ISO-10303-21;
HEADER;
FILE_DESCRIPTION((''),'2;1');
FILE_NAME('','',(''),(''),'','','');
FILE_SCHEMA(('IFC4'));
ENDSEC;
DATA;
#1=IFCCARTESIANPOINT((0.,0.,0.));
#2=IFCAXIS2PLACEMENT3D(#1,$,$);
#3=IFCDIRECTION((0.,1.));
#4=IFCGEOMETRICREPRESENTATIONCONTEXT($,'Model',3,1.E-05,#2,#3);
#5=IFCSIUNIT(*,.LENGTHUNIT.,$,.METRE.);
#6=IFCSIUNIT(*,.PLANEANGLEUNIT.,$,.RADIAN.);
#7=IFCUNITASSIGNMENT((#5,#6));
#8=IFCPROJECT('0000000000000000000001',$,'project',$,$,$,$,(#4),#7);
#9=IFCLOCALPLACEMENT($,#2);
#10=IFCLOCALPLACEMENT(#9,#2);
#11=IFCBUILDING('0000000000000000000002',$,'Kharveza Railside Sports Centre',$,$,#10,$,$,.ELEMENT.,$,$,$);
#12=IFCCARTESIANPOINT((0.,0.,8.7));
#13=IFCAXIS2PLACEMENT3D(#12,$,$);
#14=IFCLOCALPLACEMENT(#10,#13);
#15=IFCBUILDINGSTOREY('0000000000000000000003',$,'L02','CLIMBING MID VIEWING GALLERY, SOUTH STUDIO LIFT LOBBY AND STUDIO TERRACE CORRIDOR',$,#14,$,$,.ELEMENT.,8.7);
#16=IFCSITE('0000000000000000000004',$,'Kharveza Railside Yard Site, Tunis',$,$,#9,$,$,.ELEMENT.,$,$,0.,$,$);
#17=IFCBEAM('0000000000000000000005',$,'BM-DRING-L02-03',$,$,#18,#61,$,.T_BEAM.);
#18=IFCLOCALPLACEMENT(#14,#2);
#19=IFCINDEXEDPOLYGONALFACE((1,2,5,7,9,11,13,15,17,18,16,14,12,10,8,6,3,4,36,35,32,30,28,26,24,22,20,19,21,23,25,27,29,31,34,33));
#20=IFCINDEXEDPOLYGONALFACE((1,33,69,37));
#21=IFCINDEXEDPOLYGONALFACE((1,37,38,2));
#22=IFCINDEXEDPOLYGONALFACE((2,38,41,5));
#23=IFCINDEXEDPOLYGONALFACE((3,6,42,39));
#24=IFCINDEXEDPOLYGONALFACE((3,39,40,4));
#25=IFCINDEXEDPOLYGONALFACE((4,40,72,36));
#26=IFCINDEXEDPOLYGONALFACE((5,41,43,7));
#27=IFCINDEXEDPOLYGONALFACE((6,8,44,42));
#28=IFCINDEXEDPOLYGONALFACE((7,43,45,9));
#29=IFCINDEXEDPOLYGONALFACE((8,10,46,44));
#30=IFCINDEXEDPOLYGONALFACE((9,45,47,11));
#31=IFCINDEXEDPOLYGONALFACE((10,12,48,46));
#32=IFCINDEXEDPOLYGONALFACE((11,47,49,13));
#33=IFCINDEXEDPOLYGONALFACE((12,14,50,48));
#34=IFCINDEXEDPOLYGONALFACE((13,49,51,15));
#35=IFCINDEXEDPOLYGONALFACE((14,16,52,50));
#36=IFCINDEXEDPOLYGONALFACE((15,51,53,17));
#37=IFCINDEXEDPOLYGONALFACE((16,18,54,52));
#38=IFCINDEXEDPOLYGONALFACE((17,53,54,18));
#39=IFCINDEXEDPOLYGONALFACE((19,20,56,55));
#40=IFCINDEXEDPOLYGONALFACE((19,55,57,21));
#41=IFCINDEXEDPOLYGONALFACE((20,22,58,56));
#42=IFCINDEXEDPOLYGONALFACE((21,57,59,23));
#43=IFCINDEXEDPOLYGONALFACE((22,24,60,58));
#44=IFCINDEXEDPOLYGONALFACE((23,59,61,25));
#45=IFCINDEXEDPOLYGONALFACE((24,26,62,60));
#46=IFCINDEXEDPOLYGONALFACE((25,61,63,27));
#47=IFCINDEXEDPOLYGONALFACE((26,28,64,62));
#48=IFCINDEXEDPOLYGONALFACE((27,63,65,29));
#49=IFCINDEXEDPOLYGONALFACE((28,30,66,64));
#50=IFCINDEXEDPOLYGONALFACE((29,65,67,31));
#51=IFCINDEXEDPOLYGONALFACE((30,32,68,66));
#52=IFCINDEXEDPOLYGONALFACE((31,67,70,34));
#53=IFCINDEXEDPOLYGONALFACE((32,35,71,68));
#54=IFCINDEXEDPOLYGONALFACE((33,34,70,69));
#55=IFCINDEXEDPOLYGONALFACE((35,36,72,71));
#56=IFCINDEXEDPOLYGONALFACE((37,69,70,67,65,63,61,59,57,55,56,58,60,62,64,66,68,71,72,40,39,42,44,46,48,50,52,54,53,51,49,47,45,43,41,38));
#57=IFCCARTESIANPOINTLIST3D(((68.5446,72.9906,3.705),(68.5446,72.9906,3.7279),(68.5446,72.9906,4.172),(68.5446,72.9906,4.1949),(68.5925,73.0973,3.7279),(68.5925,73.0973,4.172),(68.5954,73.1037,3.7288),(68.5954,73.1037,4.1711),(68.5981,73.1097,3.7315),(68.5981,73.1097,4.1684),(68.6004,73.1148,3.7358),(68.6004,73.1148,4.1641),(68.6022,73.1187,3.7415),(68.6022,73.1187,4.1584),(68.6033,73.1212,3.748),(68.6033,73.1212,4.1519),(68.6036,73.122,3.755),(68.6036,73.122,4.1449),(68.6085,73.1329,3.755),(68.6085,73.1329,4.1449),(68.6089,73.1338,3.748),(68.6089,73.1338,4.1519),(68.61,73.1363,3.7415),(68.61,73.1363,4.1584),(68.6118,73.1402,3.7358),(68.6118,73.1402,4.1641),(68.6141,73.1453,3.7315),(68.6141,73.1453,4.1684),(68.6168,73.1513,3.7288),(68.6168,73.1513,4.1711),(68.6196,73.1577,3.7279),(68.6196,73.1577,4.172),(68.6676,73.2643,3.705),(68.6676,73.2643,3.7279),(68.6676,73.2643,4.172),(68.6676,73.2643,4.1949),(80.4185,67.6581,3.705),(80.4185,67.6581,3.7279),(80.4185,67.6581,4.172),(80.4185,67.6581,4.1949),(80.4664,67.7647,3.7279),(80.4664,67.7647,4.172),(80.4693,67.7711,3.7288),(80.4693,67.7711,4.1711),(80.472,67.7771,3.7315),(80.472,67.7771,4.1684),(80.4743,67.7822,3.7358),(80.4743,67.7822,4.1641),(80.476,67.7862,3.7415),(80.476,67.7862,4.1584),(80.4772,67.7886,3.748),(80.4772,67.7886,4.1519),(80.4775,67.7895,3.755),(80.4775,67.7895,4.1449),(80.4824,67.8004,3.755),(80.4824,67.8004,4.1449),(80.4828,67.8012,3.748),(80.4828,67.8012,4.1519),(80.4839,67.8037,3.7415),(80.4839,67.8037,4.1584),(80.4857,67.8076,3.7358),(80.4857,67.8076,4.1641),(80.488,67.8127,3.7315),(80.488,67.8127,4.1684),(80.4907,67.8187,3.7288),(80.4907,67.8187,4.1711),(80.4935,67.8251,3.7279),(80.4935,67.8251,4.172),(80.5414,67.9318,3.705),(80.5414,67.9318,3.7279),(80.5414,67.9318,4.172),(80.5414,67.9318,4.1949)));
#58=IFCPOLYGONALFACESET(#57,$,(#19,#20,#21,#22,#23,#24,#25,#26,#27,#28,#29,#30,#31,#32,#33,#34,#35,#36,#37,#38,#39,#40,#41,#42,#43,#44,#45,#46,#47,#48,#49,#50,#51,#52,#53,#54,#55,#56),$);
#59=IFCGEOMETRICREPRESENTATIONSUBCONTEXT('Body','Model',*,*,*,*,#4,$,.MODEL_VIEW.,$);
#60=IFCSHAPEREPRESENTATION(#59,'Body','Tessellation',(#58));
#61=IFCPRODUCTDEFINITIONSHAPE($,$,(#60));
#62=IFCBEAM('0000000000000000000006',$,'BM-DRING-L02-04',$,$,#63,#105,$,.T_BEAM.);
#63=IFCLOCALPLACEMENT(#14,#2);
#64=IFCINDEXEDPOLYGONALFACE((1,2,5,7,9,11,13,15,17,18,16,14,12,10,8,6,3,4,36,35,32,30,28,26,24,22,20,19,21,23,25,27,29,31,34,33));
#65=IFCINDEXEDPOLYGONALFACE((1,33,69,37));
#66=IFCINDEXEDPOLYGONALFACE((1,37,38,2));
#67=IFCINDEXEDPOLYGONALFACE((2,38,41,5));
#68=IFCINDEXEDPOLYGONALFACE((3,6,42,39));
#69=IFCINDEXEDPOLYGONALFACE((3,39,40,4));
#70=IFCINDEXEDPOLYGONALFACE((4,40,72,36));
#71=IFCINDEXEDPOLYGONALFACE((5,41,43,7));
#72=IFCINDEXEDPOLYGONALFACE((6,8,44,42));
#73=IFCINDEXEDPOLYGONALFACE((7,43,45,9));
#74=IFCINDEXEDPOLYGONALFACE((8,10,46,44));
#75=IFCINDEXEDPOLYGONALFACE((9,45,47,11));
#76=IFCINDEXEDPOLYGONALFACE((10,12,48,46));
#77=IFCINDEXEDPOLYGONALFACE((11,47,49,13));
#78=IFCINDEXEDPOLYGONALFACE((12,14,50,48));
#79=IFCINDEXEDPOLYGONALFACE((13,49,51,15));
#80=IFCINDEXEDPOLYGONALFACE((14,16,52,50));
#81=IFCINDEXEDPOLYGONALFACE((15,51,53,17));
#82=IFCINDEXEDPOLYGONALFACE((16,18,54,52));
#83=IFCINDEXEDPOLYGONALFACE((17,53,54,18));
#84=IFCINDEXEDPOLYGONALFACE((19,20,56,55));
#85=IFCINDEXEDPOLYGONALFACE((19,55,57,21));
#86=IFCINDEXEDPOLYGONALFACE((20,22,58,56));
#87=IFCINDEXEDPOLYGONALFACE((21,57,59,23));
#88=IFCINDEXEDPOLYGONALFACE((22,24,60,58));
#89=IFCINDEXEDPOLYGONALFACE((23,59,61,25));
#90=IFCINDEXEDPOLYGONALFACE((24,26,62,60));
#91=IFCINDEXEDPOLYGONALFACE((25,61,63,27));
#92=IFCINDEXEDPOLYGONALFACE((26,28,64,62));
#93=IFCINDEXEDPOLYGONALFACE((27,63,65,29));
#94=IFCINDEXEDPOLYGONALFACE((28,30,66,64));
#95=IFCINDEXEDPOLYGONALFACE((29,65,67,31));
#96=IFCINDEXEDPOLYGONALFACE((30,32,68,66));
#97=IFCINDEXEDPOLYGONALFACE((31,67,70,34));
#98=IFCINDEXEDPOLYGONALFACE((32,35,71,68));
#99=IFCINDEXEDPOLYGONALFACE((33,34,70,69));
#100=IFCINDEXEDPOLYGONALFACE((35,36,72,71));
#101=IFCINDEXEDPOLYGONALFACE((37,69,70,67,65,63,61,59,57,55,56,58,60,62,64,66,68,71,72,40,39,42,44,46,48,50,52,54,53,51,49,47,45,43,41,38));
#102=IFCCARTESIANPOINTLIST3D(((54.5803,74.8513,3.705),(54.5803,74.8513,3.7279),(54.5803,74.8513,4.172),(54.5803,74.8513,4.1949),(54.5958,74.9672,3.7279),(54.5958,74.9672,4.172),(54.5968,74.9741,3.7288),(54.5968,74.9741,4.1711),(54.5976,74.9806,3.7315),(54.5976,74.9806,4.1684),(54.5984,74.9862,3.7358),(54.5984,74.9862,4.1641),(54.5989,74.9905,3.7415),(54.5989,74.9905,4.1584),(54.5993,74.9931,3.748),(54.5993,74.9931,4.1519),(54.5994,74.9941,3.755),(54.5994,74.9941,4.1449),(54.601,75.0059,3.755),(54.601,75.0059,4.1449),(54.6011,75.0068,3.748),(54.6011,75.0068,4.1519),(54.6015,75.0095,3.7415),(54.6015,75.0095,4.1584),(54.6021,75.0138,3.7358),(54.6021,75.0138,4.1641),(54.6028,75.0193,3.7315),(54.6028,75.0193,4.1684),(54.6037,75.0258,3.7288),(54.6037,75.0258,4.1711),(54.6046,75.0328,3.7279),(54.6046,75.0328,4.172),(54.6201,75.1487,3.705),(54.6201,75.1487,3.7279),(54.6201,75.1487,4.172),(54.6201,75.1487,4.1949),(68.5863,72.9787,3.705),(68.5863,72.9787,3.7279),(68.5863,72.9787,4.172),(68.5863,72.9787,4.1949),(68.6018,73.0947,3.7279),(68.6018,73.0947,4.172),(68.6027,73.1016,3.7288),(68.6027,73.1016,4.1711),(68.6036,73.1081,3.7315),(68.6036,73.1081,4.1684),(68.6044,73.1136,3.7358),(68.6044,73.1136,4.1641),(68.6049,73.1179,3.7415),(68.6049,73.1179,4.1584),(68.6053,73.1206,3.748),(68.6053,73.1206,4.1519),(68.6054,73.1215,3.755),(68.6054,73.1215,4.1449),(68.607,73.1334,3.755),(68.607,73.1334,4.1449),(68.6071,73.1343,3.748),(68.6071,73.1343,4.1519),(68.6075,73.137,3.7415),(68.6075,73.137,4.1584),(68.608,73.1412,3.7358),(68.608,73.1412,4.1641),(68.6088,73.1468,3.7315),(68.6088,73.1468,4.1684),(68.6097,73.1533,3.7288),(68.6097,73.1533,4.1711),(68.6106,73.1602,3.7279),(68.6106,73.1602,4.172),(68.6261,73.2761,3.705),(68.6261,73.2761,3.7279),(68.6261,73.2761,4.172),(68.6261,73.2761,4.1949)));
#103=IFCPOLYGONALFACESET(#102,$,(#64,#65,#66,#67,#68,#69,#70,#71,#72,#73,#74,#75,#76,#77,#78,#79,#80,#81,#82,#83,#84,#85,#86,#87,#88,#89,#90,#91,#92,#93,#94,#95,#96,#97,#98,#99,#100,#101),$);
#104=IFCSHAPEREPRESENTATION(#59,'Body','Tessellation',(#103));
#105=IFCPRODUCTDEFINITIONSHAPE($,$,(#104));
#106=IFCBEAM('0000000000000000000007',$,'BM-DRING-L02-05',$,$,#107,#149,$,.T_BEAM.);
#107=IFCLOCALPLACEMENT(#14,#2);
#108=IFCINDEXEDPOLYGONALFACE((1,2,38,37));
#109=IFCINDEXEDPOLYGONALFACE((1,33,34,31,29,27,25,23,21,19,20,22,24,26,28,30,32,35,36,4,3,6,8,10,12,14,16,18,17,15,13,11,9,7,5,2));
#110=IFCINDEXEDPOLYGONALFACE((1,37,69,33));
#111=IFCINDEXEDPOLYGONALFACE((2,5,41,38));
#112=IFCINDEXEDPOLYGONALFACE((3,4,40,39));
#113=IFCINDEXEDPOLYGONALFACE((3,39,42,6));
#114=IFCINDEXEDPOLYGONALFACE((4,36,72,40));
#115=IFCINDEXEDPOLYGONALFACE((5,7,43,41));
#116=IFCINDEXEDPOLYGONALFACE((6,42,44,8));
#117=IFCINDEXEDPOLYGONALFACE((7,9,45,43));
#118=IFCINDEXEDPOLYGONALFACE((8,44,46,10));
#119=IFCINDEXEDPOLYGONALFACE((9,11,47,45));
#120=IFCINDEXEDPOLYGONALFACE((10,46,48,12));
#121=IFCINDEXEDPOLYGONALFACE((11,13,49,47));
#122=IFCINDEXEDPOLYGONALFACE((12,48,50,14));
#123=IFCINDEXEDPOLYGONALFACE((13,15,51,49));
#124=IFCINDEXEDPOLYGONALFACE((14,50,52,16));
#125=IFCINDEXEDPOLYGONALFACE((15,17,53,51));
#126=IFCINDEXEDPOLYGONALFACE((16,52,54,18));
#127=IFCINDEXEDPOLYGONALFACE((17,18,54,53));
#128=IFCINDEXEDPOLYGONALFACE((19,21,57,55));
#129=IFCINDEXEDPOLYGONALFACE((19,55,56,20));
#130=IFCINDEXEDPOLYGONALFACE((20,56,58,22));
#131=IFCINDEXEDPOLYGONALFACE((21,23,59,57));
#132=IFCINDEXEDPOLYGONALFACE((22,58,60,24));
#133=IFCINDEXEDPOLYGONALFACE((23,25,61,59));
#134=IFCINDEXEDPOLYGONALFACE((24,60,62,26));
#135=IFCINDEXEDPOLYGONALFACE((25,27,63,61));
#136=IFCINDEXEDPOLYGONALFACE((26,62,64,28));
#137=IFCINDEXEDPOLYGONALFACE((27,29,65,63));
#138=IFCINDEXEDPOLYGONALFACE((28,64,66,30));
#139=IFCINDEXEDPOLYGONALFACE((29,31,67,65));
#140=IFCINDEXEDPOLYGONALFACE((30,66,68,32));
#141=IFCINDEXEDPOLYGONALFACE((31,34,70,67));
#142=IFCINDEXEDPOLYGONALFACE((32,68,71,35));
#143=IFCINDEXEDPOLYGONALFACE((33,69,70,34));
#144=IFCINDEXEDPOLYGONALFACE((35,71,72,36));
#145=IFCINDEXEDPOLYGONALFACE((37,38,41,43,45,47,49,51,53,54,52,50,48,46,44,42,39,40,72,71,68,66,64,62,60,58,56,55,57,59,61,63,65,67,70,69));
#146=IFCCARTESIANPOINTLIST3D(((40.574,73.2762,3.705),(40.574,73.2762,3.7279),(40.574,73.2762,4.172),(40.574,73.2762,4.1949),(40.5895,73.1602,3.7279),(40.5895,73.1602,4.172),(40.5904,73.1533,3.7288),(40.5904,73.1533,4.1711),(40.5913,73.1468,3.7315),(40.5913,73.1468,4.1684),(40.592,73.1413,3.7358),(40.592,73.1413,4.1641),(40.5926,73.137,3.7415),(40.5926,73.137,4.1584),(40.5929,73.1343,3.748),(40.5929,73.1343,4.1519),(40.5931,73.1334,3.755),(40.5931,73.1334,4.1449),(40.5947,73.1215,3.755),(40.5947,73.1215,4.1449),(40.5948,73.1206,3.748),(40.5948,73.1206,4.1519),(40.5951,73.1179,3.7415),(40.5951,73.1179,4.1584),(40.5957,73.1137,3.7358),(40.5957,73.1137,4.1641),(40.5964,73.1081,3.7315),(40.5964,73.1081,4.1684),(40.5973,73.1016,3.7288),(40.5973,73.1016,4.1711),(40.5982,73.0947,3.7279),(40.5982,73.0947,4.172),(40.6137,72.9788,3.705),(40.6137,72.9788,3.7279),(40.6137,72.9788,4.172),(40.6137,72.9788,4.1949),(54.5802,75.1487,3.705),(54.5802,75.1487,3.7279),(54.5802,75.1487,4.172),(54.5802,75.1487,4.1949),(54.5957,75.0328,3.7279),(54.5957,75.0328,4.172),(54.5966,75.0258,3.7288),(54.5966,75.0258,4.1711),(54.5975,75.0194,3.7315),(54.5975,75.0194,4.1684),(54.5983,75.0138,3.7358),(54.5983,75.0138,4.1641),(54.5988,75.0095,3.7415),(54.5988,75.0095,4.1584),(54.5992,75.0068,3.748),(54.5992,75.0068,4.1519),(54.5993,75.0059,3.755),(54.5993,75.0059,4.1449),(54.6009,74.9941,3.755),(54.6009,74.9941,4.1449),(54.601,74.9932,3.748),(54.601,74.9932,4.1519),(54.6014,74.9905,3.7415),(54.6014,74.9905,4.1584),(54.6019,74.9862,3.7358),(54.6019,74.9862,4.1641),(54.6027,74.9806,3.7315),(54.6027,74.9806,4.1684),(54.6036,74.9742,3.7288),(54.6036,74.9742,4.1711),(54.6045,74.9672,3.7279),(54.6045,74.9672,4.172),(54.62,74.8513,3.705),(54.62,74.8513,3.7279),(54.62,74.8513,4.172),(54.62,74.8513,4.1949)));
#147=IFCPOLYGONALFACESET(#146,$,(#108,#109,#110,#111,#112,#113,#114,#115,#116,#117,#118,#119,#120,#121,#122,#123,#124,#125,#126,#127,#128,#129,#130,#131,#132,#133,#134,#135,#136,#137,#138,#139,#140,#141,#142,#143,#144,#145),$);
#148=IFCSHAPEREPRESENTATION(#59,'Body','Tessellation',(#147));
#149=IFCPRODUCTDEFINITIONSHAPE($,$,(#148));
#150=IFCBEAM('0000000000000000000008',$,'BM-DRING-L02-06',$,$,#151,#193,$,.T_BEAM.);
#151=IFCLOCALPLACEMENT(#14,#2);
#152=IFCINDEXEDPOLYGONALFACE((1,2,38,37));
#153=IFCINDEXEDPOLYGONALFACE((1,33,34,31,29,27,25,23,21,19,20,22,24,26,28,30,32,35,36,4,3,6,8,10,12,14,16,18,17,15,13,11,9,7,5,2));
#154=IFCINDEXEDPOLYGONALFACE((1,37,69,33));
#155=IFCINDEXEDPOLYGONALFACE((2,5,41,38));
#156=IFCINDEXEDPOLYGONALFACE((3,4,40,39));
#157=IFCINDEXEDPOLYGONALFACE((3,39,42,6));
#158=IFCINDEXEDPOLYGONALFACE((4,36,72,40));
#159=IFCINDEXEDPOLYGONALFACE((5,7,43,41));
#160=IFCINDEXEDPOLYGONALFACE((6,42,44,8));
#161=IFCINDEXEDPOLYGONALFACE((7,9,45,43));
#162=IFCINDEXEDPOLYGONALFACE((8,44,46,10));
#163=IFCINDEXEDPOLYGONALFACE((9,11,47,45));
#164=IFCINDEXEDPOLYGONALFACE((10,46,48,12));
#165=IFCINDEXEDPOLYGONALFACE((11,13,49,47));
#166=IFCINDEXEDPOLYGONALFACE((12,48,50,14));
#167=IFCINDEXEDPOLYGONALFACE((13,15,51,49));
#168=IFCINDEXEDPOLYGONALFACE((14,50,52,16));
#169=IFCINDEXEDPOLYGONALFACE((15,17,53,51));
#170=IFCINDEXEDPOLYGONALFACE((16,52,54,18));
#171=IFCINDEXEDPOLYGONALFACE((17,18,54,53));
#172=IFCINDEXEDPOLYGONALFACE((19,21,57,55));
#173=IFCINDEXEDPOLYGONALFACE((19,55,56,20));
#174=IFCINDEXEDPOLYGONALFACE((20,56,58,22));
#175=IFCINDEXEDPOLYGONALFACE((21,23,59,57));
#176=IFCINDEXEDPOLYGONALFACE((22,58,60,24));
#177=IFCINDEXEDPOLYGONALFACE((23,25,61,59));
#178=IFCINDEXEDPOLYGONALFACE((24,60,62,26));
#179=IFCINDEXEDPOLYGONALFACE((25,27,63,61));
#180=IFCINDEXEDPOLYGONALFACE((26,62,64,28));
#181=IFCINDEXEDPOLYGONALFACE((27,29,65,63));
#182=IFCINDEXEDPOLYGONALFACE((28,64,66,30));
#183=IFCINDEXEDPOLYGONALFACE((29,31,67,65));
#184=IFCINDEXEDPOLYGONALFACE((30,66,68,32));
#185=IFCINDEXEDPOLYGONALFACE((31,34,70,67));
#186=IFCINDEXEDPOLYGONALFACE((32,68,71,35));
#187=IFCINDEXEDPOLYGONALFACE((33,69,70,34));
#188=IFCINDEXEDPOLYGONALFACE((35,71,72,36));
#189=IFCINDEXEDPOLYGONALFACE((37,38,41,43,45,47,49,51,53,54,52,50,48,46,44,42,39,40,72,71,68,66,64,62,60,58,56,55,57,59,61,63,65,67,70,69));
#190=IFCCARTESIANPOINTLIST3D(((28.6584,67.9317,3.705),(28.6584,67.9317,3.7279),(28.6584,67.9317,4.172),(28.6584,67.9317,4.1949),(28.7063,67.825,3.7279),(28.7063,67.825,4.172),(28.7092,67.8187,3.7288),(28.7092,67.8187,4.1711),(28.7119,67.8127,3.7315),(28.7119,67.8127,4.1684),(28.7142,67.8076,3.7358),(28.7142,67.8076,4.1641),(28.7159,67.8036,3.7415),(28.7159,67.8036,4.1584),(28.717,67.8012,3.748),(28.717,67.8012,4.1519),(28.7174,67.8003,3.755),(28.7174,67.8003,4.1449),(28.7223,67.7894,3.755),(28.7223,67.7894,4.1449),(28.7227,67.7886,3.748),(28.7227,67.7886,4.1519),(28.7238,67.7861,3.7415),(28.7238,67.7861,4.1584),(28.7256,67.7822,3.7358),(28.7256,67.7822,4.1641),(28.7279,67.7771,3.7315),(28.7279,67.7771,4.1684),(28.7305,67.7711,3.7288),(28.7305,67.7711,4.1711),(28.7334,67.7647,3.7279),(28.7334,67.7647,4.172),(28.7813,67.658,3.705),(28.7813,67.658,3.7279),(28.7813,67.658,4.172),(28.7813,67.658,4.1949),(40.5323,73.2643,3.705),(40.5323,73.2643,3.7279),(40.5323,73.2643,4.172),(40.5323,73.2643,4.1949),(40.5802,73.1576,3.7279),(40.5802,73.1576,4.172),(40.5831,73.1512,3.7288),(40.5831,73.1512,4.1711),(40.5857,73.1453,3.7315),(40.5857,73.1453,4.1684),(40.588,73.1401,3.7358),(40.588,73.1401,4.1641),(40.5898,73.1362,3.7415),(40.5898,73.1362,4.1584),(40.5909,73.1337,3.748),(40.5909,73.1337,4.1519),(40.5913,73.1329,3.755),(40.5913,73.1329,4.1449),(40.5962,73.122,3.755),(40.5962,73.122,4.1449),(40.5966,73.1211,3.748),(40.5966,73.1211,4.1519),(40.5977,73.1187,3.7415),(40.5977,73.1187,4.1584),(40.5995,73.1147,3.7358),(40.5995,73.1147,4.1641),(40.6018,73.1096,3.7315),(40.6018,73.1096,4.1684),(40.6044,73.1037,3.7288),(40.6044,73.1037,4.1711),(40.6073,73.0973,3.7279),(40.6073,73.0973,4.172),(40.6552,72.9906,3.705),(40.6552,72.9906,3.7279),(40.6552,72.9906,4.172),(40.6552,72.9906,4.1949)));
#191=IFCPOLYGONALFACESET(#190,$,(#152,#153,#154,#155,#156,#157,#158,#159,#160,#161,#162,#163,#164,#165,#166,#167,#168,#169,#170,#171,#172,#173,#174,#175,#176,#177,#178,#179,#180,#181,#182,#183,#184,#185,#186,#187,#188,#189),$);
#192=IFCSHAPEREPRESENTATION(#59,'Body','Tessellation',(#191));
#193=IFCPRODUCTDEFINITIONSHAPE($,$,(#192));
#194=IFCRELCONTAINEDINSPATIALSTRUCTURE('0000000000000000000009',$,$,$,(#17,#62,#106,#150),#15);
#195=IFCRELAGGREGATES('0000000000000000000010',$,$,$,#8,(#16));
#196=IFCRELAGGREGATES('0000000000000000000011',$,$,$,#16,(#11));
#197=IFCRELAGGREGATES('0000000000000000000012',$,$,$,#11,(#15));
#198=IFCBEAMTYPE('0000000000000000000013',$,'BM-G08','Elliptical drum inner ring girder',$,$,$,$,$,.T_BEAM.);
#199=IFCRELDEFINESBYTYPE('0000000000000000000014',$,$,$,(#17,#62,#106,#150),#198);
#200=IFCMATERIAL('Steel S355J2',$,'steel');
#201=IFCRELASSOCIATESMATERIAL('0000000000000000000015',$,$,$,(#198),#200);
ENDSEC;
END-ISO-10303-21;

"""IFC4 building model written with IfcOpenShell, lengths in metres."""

from ifc_helpers import new_model, si_unit, direction, frame, origin, origin_2d, place, context, subcontext, project, spatial, i_section, extrude, material, material_profile, profile_set, type_object, element, save


model = new_model("IFC4")

# Units and contexts
model_context = context("Model", 3, precision=1e-05, world=origin(), true_north=direction((0.0, 1.0)))
body_context = subcontext(model_context, "Body", "Model", "MODEL_VIEW")
ifc_project = project(units=[si_unit("LENGTHUNIT", "METRE"), si_unit("PLANEANGLEUNIT", "RADIAN")], contexts=[model_context])

# Site, building, storey
site_placement = place(None, origin())
site = spatial("IfcSite", under=ifc_project, at=site_placement, Name="Kharveza Railside Yard Site, Tunis", CompositionType="ELEMENT", RefElevation=0.0)
building_placement = place(site_placement, origin())
building = spatial("IfcBuilding", under=site, at=building_placement, Name="Kharveza Railside Sports Centre", CompositionType="ELEMENT")
storey_placement = place(building_placement, frame((0.0, 0.0, 8.7)))
storey = spatial("IfcBuildingStorey", under=building, at=storey_placement, Name="L02", Description="CLIMBING MID VIEWING GALLERY, SOUTH STUDIO LIFT LOBBY AND STUDIO TERRACE CORRIDOR", CompositionType="ELEMENT", Elevation=8.7)

# Shared definitions
ifc_material_1 = material(Name="Steel S355J2", Category="steel")

# Beams
ifc_material_profile_1 = material_profile(ifc_material_1, i_section(OverallWidth=0.3, OverallDepth=0.49, WebThickness=0.012, FlangeThickness=0.0229, FilletRadius=0.0271, at=origin_2d()), Name="HEA 500")
ifc_profile_set_1 = profile_set([ifc_material_profile_1], Name="Steel S355J2")
beam_type_1 = type_object("IfcBeamType", Name="BM-G08", Description="Elliptical drum inner ring girder", PredefinedType="T_BEAM", material=ifc_profile_set_1)
beam_1_placement = place(storey_placement, frame((80.48, 67.7949, 3.95), z_axis=(-0.912228, 0.409682, 0.0), x_axis=(-0.409682, -0.912228, 0.0)))
element("IfcBeam", 1, at=beam_1_placement, inside=storey, type_object=beam_type_1, Name="BM-DRING-L02-03", PredefinedType="T_BEAM", context=body_context, shape_type="SweptSolid", body=[
    extrude(i_section(OverallWidth=0.3, OverallDepth=0.49, WebThickness=0.012, FlangeThickness=0.0229, FilletRadius=0.0271, at=origin_2d()), origin(), (0.0, 0.0, 1.0), 13.0164),
])
beam_2_placement = place(storey_placement, frame((68.6062, 73.1274, 3.95), z_axis=(-0.991181, 0.132517, 0.0), x_axis=(-0.132517, -0.991181, 0.0)))
element("IfcBeam", 2, at=beam_2_placement, inside=storey, type_object=beam_type_1, Name="BM-DRING-L02-04", PredefinedType="T_BEAM", context=body_context, shape_type="SweptSolid", body=[
    extrude(i_section(OverallWidth=0.3, OverallDepth=0.49, WebThickness=0.012, FlangeThickness=0.0229, FilletRadius=0.0271, at=origin_2d()), origin(), (0.0, 0.0, 1.0), 14.1306),
])
beam_3_placement = place(storey_placement, frame((54.6001, 75.0, 3.95), z_axis=(-0.991181, -0.132515, 0.0), x_axis=(0.132515, -0.991181, 0.0)))
element("IfcBeam", 3, at=beam_3_placement, inside=storey, type_object=beam_type_1, Name="BM-DRING-L02-05", PredefinedType="T_BEAM", context=body_context, shape_type="SweptSolid", body=[
    extrude(i_section(OverallWidth=0.3, OverallDepth=0.49, WebThickness=0.012, FlangeThickness=0.0229, FilletRadius=0.0271, at=origin_2d()), origin(), (0.0, 0.0, 1.0), 14.1309),
])
beam_4_placement = place(storey_placement, frame((40.5938, 73.1274, 3.95), z_axis=(-0.912228, -0.409682, 0.0), x_axis=(0.409682, -0.912228, 0.0)))
element("IfcBeam", 4, at=beam_4_placement, inside=storey, type_object=beam_type_1, Name="BM-DRING-L02-06", PredefinedType="T_BEAM", context=body_context, shape_type="SweptSolid", body=[
    extrude(i_section(OverallWidth=0.3, OverallDepth=0.49, WebThickness=0.012, FlangeThickness=0.0229, FilletRadius=0.0271, at=origin_2d()), origin(), (0.0, 0.0, 1.0), 13.0164),
])

save(model, "model.ifc")
